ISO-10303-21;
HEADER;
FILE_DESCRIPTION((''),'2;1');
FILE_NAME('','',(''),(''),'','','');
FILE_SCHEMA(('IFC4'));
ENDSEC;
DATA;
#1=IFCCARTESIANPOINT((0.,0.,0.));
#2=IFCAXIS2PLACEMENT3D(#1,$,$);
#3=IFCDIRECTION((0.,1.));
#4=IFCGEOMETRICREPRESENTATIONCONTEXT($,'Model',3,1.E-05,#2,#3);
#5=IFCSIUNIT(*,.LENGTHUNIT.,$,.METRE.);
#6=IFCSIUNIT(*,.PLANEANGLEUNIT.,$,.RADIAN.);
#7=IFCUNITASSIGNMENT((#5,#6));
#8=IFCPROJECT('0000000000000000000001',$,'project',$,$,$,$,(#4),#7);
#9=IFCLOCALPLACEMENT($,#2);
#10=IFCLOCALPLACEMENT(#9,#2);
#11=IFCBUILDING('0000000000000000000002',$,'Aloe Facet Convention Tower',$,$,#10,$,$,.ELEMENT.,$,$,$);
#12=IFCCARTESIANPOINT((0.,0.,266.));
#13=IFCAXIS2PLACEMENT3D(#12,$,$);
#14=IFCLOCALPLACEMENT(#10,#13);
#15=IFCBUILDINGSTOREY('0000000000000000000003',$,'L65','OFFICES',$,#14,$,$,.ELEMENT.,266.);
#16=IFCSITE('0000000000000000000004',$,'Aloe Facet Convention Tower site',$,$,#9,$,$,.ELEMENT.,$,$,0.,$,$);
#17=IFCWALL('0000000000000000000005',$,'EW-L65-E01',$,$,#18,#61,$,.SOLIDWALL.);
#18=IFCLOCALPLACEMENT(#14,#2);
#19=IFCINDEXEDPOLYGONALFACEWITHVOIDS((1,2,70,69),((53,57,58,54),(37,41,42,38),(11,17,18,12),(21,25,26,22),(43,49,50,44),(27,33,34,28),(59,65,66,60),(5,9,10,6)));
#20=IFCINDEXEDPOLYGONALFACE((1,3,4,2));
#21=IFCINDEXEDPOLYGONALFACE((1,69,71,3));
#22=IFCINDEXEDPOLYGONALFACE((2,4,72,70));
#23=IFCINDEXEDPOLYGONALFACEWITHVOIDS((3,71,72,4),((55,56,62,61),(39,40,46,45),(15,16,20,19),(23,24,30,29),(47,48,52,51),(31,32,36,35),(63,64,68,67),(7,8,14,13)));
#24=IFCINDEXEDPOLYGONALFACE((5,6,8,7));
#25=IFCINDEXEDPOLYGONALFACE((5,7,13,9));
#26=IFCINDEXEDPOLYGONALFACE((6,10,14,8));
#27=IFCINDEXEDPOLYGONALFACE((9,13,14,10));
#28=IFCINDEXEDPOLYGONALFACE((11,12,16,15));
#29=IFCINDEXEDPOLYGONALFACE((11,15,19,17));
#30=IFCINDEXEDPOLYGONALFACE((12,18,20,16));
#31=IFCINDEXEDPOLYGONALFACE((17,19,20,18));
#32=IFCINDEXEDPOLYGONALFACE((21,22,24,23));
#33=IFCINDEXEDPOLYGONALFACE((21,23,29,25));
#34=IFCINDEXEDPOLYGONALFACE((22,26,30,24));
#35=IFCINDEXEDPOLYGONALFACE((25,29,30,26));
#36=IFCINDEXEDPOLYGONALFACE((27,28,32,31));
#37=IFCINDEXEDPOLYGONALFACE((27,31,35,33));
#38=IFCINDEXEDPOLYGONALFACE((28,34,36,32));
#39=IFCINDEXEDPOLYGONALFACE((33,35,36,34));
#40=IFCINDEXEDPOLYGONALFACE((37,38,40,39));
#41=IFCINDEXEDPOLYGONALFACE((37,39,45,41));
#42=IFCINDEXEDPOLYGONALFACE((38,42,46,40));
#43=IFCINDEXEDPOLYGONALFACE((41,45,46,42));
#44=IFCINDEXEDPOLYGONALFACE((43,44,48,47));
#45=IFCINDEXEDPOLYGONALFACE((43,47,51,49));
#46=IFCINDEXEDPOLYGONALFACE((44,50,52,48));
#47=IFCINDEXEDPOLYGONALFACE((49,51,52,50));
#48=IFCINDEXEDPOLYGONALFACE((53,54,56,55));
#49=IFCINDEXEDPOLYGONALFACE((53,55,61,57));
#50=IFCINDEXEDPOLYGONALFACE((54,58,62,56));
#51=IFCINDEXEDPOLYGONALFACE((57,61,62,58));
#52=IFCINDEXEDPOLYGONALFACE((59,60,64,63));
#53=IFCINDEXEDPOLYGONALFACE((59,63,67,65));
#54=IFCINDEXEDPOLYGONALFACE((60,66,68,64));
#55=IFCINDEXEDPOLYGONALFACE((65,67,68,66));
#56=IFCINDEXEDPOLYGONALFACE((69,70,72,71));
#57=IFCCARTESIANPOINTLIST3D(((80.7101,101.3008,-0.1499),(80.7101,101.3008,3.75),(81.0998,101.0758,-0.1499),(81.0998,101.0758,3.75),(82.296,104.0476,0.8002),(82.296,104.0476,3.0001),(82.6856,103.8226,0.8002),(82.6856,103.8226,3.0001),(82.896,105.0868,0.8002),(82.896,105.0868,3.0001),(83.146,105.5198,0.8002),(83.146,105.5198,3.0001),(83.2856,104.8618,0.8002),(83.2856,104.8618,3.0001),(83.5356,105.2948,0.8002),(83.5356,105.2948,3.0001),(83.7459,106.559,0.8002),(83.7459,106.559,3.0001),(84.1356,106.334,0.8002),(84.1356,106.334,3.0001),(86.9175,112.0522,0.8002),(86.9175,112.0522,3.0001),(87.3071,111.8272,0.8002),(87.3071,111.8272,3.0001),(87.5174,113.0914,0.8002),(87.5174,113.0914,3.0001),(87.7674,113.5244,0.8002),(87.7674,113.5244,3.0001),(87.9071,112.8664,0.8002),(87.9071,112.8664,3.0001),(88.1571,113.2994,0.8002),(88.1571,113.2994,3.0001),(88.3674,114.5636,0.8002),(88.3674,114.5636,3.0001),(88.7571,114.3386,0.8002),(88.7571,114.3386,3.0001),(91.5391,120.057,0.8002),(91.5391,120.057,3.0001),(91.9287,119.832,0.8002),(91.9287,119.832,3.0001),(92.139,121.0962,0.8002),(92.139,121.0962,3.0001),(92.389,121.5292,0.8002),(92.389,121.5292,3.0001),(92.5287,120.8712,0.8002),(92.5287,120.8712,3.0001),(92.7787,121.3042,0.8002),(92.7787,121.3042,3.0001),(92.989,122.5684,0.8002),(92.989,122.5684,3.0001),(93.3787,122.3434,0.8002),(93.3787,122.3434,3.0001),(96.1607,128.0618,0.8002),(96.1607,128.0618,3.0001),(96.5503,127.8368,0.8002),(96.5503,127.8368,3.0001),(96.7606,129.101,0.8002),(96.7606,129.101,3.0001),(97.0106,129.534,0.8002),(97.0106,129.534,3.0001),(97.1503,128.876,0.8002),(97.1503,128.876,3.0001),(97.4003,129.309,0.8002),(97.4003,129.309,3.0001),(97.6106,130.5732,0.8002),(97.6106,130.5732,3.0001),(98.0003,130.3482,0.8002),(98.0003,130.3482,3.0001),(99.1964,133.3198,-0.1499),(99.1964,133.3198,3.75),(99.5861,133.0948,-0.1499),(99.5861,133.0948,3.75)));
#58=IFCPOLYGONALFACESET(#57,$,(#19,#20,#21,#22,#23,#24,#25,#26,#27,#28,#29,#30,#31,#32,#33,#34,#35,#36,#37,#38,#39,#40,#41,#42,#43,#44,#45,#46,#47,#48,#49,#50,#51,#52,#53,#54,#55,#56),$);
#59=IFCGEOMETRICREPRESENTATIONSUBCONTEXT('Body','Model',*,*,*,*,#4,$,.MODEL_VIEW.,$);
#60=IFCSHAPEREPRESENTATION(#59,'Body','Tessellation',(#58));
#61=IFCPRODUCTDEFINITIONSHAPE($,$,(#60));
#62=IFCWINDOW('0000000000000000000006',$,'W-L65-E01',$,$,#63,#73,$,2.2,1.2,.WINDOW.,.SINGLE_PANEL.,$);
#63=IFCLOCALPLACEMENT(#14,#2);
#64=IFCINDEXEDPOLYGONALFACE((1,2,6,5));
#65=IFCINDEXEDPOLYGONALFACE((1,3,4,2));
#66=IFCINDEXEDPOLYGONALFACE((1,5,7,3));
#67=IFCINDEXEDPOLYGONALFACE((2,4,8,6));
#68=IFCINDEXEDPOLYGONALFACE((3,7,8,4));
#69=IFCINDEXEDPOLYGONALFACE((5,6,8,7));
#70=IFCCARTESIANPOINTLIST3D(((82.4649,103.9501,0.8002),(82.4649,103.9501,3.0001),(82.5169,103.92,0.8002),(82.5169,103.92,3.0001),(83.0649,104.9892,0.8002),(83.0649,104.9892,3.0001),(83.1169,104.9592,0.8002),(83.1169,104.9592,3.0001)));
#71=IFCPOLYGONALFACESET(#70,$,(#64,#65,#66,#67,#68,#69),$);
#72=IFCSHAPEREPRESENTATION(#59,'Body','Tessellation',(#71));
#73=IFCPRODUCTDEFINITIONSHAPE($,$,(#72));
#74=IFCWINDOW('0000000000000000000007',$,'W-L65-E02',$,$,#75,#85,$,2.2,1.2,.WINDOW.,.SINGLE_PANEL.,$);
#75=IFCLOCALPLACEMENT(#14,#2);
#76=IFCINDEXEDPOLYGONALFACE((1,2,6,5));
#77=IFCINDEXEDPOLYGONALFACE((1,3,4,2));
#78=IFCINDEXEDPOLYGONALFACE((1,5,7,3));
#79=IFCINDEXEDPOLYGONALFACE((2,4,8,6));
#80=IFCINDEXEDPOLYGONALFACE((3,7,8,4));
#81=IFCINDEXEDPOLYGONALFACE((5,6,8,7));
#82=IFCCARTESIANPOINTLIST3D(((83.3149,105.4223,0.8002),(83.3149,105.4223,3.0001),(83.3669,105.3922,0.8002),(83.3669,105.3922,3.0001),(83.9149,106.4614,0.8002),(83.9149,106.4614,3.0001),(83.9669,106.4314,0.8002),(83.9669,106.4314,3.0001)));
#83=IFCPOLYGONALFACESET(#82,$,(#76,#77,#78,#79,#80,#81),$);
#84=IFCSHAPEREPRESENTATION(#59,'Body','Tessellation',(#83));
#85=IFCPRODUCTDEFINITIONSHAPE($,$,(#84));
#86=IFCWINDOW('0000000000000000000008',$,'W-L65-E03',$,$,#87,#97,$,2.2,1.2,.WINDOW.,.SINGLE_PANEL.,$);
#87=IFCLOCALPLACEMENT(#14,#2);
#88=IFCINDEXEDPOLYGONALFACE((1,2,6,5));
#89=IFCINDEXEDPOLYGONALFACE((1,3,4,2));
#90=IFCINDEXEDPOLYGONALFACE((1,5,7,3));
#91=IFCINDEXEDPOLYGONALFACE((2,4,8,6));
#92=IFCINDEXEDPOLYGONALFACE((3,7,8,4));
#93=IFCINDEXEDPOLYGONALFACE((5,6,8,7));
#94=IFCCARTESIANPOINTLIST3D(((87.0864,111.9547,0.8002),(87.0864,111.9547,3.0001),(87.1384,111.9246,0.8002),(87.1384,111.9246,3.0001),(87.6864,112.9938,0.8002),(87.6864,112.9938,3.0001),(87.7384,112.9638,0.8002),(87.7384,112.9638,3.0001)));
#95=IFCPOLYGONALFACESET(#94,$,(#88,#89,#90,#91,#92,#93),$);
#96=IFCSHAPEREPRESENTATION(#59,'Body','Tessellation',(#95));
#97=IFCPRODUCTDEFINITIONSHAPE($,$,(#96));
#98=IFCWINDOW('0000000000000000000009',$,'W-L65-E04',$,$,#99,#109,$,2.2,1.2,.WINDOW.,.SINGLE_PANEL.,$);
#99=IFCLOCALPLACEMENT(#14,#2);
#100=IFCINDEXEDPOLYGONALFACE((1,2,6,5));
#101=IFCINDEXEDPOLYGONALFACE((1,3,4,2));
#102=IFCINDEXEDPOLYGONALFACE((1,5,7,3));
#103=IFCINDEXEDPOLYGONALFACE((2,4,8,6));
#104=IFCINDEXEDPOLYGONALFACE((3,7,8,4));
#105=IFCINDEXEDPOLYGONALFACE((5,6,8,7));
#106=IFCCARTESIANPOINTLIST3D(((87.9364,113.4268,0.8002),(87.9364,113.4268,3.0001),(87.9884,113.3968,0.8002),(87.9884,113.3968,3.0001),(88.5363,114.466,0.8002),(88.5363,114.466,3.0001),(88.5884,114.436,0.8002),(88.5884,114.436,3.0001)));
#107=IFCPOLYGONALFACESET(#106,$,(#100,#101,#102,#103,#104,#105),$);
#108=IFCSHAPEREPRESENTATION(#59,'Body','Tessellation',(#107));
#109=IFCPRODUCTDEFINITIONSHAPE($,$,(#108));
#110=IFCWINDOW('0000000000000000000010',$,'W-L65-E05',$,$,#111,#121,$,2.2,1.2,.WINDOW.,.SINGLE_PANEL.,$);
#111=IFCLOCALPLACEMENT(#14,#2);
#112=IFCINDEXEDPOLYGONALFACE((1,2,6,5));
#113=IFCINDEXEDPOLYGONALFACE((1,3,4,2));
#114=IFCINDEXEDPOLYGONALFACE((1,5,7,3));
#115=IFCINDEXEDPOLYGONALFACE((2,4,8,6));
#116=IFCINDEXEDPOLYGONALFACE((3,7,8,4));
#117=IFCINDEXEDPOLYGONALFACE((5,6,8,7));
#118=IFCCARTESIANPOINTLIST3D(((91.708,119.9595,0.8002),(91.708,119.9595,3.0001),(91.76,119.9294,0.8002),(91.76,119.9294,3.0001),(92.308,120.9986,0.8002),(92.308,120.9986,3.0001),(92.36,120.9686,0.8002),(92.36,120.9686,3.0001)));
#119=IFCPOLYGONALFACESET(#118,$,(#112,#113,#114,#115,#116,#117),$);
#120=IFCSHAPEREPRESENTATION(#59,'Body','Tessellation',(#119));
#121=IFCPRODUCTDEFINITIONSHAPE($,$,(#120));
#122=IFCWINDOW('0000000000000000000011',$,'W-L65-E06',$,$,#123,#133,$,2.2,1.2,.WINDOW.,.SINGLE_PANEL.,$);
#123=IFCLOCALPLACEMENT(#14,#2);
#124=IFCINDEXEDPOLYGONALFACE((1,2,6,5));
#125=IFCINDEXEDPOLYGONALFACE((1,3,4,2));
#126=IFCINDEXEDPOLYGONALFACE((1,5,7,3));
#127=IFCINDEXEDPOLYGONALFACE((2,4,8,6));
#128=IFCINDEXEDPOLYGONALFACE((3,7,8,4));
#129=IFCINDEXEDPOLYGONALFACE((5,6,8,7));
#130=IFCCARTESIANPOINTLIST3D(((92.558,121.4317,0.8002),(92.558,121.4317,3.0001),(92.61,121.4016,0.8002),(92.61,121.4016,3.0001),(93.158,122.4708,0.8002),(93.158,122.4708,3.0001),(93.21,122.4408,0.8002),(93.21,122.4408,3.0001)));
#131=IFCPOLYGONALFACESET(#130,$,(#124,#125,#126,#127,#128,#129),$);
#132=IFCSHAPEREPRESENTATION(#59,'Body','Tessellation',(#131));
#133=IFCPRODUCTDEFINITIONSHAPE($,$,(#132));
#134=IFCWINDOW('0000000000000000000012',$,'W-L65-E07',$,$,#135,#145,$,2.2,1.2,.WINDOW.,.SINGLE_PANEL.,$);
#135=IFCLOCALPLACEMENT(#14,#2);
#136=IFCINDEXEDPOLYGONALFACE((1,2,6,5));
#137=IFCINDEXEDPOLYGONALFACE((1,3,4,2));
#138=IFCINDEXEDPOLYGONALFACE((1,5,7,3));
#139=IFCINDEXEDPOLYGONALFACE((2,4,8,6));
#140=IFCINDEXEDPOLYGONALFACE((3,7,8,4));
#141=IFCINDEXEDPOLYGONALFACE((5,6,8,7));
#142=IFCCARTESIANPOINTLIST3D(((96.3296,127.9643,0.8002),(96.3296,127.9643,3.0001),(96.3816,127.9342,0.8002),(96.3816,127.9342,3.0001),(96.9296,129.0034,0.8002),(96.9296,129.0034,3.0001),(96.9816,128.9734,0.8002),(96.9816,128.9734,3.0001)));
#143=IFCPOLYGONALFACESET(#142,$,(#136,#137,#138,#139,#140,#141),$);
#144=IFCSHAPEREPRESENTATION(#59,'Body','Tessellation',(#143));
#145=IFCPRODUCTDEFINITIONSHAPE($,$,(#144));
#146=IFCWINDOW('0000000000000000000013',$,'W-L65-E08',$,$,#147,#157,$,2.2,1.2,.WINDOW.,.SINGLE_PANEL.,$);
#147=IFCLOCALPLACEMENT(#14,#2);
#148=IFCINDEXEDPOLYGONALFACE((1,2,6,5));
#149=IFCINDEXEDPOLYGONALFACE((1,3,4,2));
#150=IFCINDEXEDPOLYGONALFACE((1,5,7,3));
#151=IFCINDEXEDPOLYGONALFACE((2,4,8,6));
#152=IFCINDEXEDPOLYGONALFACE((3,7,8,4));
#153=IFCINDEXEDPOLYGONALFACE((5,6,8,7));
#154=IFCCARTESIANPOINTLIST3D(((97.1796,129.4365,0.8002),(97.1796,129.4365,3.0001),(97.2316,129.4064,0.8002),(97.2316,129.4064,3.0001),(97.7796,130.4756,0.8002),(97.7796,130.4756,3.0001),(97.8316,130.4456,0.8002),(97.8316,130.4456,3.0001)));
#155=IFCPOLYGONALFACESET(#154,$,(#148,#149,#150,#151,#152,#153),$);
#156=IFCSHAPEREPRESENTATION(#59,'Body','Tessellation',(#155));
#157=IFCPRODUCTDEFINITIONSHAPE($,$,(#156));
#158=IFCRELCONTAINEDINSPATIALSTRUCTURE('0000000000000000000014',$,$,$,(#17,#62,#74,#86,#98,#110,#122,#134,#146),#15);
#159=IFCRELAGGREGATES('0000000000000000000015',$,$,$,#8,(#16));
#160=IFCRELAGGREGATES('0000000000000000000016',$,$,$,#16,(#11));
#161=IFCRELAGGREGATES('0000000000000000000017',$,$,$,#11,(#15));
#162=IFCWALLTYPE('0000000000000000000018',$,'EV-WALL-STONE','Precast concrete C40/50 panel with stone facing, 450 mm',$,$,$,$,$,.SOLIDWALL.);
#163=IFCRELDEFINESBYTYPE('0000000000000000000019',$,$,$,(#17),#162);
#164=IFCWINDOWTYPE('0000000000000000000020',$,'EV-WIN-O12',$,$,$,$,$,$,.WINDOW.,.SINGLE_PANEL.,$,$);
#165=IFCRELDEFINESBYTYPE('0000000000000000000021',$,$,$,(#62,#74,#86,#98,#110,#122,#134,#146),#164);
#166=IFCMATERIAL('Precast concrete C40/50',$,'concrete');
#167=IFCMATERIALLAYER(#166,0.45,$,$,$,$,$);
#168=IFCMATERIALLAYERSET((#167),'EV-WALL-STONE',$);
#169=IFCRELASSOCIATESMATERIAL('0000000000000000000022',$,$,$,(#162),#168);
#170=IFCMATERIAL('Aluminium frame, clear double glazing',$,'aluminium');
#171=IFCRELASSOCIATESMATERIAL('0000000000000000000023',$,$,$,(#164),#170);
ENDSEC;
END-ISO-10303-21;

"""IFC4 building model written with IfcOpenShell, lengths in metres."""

from ifc_helpers import new_model, si_unit, direction, frame, frame_2d, origin, place, context, subcontext, project, spatial, polyline, rectangle, outline, extrude, material, layer, layer_set, type_object, element, fill, save


model = new_model("IFC4")

# Units and contexts
model_context = context("Model", 3, precision=1e-05, world=origin(), true_north=direction((0.0, 1.0)))
body_context = subcontext(model_context, "Body", "Model", "MODEL_VIEW")
ifc_project = project(units=[si_unit("LENGTHUNIT", "METRE"), si_unit("PLANEANGLEUNIT", "RADIAN")], contexts=[model_context])

# Site, building, storey
site_placement = place(None, origin())
site = spatial("IfcSite", under=ifc_project, at=site_placement, Name="Aloe Facet Convention Tower site", CompositionType="ELEMENT", RefElevation=0.0)
building_placement = place(site_placement, origin())
building = spatial("IfcBuilding", under=site, at=building_placement, Name="Aloe Facet Convention Tower", CompositionType="ELEMENT")
storey_placement = place(building_placement, frame((0.0, 0.0, 266.0)))
storey = spatial("IfcBuildingStorey", under=building, at=storey_placement, Name="L65", Description="OFFICES", CompositionType="ELEMENT", Elevation=266.0)

# Wall, openings, windows
ifc_material_1 = material(Name="Precast concrete C40/50", Category="concrete")
ifc_layer_1 = layer(ifc_material_1, 0.45)
ifc_layer_set_1 = layer_set([ifc_layer_1], Name="EV-WALL-STONE")
wall_type_1 = type_object("IfcWallType", Name="EV-WALL-STONE", Description="Precast concrete C40/50 panel with stone facing, 450 mm", PredefinedType="SOLIDWALL", material=ifc_layer_set_1)
wall_1_placement = place(storey_placement, frame((80.905, 101.1882, -0.1499), z_axis=(0.0, 0.0, 1.0), x_axis=(0.500003, 0.866024, 0.0)))
wall_1 = element("IfcWall", 1, at=wall_1_placement, inside=storey, type_object=wall_type_1, Name="EW-L65-E01", PredefinedType="SOLIDWALL", context=body_context, shape_type="SweptSolid", body=[
    extrude(outline(polyline([(36.9724, 0.0), (36.9724, 3.8999), (0.0, 3.8999), (0.0, 0.0), (36.9724, 0.0)])), frame((0.0, 0.2251, 0.0), z_axis=(0.0, -1.0, 0.0), x_axis=(1.0, 0.0, 0.0)), (0.0, 0.0, 1.0), 0.45),
])
opening_1_placement = place(wall_1_placement, frame((3.1716, 0.0, 0.95)))
opening_1 = element("IfcOpeningElement", 2, at=opening_1_placement, cuts=wall_1, PredefinedType="OPENING", context=body_context, shape_type="SweptSolid", body=[
    extrude(rectangle(XDim=1.2, YDim=2.2, at=frame_2d((0.6001, 1.1001))), frame((0.0, 0.2349, 0.0), z_axis=(0.0, -1.0, 0.0), x_axis=(1.0, 0.0, 0.0)), (0.0, 0.0, 1.0), 0.47),
])
opening_2_placement = place(wall_1_placement, frame((4.8716, 0.0, 0.95)))
opening_2 = element("IfcOpeningElement", 3, at=opening_2_placement, cuts=wall_1, PredefinedType="OPENING", context=body_context, shape_type="SweptSolid", body=[
    extrude(rectangle(XDim=1.2, YDim=2.2, at=frame_2d((0.6001, 1.1001))), frame((0.0, 0.2349, 0.0), z_axis=(0.0, -1.0, 0.0), x_axis=(1.0, 0.0, 0.0)), (0.0, 0.0, 1.0), 0.47),
])
opening_3_placement = place(wall_1_placement, frame((12.4146, 0.0, 0.95)))
opening_3 = element("IfcOpeningElement", 4, at=opening_3_placement, cuts=wall_1, PredefinedType="OPENING", context=body_context, shape_type="SweptSolid", body=[
    extrude(rectangle(XDim=1.2, YDim=2.2, at=frame_2d((0.6001, 1.1001))), frame((0.0, 0.2349, 0.0), z_axis=(0.0, -1.0, 0.0), x_axis=(1.0, 0.0, 0.0)), (0.0, 0.0, 1.0), 0.47),
])
opening_4_placement = place(wall_1_placement, frame((14.1145, 0.0, 0.95)))
opening_4 = element("IfcOpeningElement", 5, at=opening_4_placement, cuts=wall_1, PredefinedType="OPENING", context=body_context, shape_type="SweptSolid", body=[
    extrude(rectangle(XDim=1.2, YDim=2.2, at=frame_2d((0.6001, 1.1001))), frame((0.0, 0.2349, 0.0), z_axis=(0.0, -1.0, 0.0), x_axis=(1.0, 0.0, 0.0)), (0.0, 0.0, 1.0), 0.47),
])
opening_5_placement = place(wall_1_placement, frame((21.6577, 0.0, 0.95)))
opening_5 = element("IfcOpeningElement", 6, at=opening_5_placement, cuts=wall_1, PredefinedType="OPENING", context=body_context, shape_type="SweptSolid", body=[
    extrude(rectangle(XDim=1.2, YDim=2.2, at=frame_2d((0.6001, 1.1001))), frame((0.0, 0.2349, 0.0), z_axis=(0.0, -1.0, 0.0), x_axis=(1.0, 0.0, 0.0)), (0.0, 0.0, 1.0), 0.47),
])
opening_6_placement = place(wall_1_placement, frame((23.3577, 0.0, 0.95)))
opening_6 = element("IfcOpeningElement", 7, at=opening_6_placement, cuts=wall_1, PredefinedType="OPENING", context=body_context, shape_type="SweptSolid", body=[
    extrude(rectangle(XDim=1.2, YDim=2.2, at=frame_2d((0.6001, 1.1001))), frame((0.0, 0.2349, 0.0), z_axis=(0.0, -1.0, 0.0), x_axis=(1.0, 0.0, 0.0)), (0.0, 0.0, 1.0), 0.47),
])
opening_7_placement = place(wall_1_placement, frame((30.9009, 0.0, 0.95)))
opening_7 = element("IfcOpeningElement", 8, at=opening_7_placement, cuts=wall_1, PredefinedType="OPENING", context=body_context, shape_type="SweptSolid", body=[
    extrude(rectangle(XDim=1.2, YDim=2.2, at=frame_2d((0.6001, 1.1001))), frame((0.0, 0.2349, 0.0), z_axis=(0.0, -1.0, 0.0), x_axis=(1.0, 0.0, 0.0)), (0.0, 0.0, 1.0), 0.47),
])
opening_8_placement = place(wall_1_placement, frame((32.6008, 0.0, 0.95)))
opening_8 = element("IfcOpeningElement", 9, at=opening_8_placement, cuts=wall_1, PredefinedType="OPENING", context=body_context, shape_type="SweptSolid", body=[
    extrude(rectangle(XDim=1.2, YDim=2.2, at=frame_2d((0.6001, 1.1001))), frame((0.0, 0.2349, 0.0), z_axis=(0.0, -1.0, 0.0), x_axis=(1.0, 0.0, 0.0)), (0.0, 0.0, 1.0), 0.47),
])
ifc_material_2 = material(Name="Aluminium frame, clear double glazing", Category="aluminium")
window_type = type_object("IfcWindowType", Name="EV-WIN-O12", PartitioningType="SINGLE_PANEL", PredefinedType="WINDOW", material=ifc_material_2)
window_1_placement = place(opening_1_placement, origin())
window_1 = element("IfcWindow", 10, at=window_1_placement, inside=storey, type_object=window_type, Name="W-L65-E01", OverallHeight=2.2, OverallWidth=1.2, PartitioningType="SINGLE_PANEL", PredefinedType="WINDOW", context=body_context, shape_type="SweptSolid", body=[
    extrude(rectangle(XDim=1.2, YDim=2.2, at=frame_2d((0.6001, 1.1001))), frame((0.0, 0.03, 0.0), z_axis=(0.0, -1.0, 0.0), x_axis=(1.0, 0.0, 0.0)), (0.0, 0.0, 1.0), 0.0601),
])
fill(opening_1, window_1)
window_2_placement = place(opening_2_placement, origin())
window_2 = element("IfcWindow", 11, at=window_2_placement, inside=storey, type_object=window_type, Name="W-L65-E02", OverallHeight=2.2, OverallWidth=1.2, PartitioningType="SINGLE_PANEL", PredefinedType="WINDOW", context=body_context, shape_type="SweptSolid", body=[
    extrude(rectangle(XDim=1.2, YDim=2.2, at=frame_2d((0.6001, 1.1001))), frame((0.0, 0.03, 0.0), z_axis=(0.0, -1.0, 0.0), x_axis=(1.0, 0.0, 0.0)), (0.0, 0.0, 1.0), 0.0601),
])
fill(opening_2, window_2)
window_3_placement = place(opening_3_placement, origin())
window_3 = element("IfcWindow", 12, at=window_3_placement, inside=storey, type_object=window_type, Name="W-L65-E03", OverallHeight=2.2, OverallWidth=1.2, PartitioningType="SINGLE_PANEL", PredefinedType="WINDOW", context=body_context, shape_type="SweptSolid", body=[
    extrude(rectangle(XDim=1.2, YDim=2.2, at=frame_2d((0.6001, 1.1001))), frame((0.0, 0.03, 0.0), z_axis=(0.0, -1.0, 0.0), x_axis=(1.0, 0.0, 0.0)), (0.0, 0.0, 1.0), 0.0601),
])
fill(opening_3, window_3)
window_4_placement = place(opening_4_placement, origin())
window_4 = element("IfcWindow", 13, at=window_4_placement, inside=storey, type_object=window_type, Name="W-L65-E04", OverallHeight=2.2, OverallWidth=1.2, PartitioningType="SINGLE_PANEL", PredefinedType="WINDOW", context=body_context, shape_type="SweptSolid", body=[
    extrude(rectangle(XDim=1.2, YDim=2.2, at=frame_2d((0.6001, 1.1001))), frame((0.0, 0.03, 0.0), z_axis=(0.0, -1.0, 0.0), x_axis=(1.0, 0.0, 0.0)), (0.0, 0.0, 1.0), 0.0601),
])
fill(opening_4, window_4)
window_5_placement = place(opening_5_placement, origin())
window_5 = element("IfcWindow", 14, at=window_5_placement, inside=storey, type_object=window_type, Name="W-L65-E05", OverallHeight=2.2, OverallWidth=1.2, PartitioningType="SINGLE_PANEL", PredefinedType="WINDOW", context=body_context, shape_type="SweptSolid", body=[
    extrude(rectangle(XDim=1.2, YDim=2.2, at=frame_2d((0.6001, 1.1001))), frame((0.0, 0.03, 0.0), z_axis=(0.0, -1.0, 0.0), x_axis=(1.0, 0.0, 0.0)), (0.0, 0.0, 1.0), 0.0601),
])
fill(opening_5, window_5)
window_6_placement = place(opening_6_placement, origin())
window_6 = element("IfcWindow", 15, at=window_6_placement, inside=storey, type_object=window_type, Name="W-L65-E06", OverallHeight=2.2, OverallWidth=1.2, PartitioningType="SINGLE_PANEL", PredefinedType="WINDOW", context=body_context, shape_type="SweptSolid", body=[
    extrude(rectangle(XDim=1.2, YDim=2.2, at=frame_2d((0.6001, 1.1001))), frame((0.0, 0.03, 0.0), z_axis=(0.0, -1.0, 0.0), x_axis=(1.0, 0.0, 0.0)), (0.0, 0.0, 1.0), 0.0601),
])
fill(opening_6, window_6)
window_7_placement = place(opening_7_placement, origin())
window_7 = element("IfcWindow", 16, at=window_7_placement, inside=storey, type_object=window_type, Name="W-L65-E07", OverallHeight=2.2, OverallWidth=1.2, PartitioningType="SINGLE_PANEL", PredefinedType="WINDOW", context=body_context, shape_type="SweptSolid", body=[
    extrude(rectangle(XDim=1.2, YDim=2.2, at=frame_2d((0.6001, 1.1001))), frame((0.0, 0.03, 0.0), z_axis=(0.0, -1.0, 0.0), x_axis=(1.0, 0.0, 0.0)), (0.0, 0.0, 1.0), 0.0601),
])
fill(opening_7, window_7)
window_8_placement = place(opening_8_placement, origin())
window_8 = element("IfcWindow", 17, at=window_8_placement, inside=storey, type_object=window_type, Name="W-L65-E08", OverallHeight=2.2, OverallWidth=1.2, PartitioningType="SINGLE_PANEL", PredefinedType="WINDOW", context=body_context, shape_type="SweptSolid", body=[
    extrude(rectangle(XDim=1.2, YDim=2.2, at=frame_2d((0.6001, 1.1001))), frame((0.0, 0.03, 0.0), z_axis=(0.0, -1.0, 0.0), x_axis=(1.0, 0.0, 0.0)), (0.0, 0.0, 1.0), 0.0601),
])
fill(opening_8, window_8)

save(model, "model.ifc")
